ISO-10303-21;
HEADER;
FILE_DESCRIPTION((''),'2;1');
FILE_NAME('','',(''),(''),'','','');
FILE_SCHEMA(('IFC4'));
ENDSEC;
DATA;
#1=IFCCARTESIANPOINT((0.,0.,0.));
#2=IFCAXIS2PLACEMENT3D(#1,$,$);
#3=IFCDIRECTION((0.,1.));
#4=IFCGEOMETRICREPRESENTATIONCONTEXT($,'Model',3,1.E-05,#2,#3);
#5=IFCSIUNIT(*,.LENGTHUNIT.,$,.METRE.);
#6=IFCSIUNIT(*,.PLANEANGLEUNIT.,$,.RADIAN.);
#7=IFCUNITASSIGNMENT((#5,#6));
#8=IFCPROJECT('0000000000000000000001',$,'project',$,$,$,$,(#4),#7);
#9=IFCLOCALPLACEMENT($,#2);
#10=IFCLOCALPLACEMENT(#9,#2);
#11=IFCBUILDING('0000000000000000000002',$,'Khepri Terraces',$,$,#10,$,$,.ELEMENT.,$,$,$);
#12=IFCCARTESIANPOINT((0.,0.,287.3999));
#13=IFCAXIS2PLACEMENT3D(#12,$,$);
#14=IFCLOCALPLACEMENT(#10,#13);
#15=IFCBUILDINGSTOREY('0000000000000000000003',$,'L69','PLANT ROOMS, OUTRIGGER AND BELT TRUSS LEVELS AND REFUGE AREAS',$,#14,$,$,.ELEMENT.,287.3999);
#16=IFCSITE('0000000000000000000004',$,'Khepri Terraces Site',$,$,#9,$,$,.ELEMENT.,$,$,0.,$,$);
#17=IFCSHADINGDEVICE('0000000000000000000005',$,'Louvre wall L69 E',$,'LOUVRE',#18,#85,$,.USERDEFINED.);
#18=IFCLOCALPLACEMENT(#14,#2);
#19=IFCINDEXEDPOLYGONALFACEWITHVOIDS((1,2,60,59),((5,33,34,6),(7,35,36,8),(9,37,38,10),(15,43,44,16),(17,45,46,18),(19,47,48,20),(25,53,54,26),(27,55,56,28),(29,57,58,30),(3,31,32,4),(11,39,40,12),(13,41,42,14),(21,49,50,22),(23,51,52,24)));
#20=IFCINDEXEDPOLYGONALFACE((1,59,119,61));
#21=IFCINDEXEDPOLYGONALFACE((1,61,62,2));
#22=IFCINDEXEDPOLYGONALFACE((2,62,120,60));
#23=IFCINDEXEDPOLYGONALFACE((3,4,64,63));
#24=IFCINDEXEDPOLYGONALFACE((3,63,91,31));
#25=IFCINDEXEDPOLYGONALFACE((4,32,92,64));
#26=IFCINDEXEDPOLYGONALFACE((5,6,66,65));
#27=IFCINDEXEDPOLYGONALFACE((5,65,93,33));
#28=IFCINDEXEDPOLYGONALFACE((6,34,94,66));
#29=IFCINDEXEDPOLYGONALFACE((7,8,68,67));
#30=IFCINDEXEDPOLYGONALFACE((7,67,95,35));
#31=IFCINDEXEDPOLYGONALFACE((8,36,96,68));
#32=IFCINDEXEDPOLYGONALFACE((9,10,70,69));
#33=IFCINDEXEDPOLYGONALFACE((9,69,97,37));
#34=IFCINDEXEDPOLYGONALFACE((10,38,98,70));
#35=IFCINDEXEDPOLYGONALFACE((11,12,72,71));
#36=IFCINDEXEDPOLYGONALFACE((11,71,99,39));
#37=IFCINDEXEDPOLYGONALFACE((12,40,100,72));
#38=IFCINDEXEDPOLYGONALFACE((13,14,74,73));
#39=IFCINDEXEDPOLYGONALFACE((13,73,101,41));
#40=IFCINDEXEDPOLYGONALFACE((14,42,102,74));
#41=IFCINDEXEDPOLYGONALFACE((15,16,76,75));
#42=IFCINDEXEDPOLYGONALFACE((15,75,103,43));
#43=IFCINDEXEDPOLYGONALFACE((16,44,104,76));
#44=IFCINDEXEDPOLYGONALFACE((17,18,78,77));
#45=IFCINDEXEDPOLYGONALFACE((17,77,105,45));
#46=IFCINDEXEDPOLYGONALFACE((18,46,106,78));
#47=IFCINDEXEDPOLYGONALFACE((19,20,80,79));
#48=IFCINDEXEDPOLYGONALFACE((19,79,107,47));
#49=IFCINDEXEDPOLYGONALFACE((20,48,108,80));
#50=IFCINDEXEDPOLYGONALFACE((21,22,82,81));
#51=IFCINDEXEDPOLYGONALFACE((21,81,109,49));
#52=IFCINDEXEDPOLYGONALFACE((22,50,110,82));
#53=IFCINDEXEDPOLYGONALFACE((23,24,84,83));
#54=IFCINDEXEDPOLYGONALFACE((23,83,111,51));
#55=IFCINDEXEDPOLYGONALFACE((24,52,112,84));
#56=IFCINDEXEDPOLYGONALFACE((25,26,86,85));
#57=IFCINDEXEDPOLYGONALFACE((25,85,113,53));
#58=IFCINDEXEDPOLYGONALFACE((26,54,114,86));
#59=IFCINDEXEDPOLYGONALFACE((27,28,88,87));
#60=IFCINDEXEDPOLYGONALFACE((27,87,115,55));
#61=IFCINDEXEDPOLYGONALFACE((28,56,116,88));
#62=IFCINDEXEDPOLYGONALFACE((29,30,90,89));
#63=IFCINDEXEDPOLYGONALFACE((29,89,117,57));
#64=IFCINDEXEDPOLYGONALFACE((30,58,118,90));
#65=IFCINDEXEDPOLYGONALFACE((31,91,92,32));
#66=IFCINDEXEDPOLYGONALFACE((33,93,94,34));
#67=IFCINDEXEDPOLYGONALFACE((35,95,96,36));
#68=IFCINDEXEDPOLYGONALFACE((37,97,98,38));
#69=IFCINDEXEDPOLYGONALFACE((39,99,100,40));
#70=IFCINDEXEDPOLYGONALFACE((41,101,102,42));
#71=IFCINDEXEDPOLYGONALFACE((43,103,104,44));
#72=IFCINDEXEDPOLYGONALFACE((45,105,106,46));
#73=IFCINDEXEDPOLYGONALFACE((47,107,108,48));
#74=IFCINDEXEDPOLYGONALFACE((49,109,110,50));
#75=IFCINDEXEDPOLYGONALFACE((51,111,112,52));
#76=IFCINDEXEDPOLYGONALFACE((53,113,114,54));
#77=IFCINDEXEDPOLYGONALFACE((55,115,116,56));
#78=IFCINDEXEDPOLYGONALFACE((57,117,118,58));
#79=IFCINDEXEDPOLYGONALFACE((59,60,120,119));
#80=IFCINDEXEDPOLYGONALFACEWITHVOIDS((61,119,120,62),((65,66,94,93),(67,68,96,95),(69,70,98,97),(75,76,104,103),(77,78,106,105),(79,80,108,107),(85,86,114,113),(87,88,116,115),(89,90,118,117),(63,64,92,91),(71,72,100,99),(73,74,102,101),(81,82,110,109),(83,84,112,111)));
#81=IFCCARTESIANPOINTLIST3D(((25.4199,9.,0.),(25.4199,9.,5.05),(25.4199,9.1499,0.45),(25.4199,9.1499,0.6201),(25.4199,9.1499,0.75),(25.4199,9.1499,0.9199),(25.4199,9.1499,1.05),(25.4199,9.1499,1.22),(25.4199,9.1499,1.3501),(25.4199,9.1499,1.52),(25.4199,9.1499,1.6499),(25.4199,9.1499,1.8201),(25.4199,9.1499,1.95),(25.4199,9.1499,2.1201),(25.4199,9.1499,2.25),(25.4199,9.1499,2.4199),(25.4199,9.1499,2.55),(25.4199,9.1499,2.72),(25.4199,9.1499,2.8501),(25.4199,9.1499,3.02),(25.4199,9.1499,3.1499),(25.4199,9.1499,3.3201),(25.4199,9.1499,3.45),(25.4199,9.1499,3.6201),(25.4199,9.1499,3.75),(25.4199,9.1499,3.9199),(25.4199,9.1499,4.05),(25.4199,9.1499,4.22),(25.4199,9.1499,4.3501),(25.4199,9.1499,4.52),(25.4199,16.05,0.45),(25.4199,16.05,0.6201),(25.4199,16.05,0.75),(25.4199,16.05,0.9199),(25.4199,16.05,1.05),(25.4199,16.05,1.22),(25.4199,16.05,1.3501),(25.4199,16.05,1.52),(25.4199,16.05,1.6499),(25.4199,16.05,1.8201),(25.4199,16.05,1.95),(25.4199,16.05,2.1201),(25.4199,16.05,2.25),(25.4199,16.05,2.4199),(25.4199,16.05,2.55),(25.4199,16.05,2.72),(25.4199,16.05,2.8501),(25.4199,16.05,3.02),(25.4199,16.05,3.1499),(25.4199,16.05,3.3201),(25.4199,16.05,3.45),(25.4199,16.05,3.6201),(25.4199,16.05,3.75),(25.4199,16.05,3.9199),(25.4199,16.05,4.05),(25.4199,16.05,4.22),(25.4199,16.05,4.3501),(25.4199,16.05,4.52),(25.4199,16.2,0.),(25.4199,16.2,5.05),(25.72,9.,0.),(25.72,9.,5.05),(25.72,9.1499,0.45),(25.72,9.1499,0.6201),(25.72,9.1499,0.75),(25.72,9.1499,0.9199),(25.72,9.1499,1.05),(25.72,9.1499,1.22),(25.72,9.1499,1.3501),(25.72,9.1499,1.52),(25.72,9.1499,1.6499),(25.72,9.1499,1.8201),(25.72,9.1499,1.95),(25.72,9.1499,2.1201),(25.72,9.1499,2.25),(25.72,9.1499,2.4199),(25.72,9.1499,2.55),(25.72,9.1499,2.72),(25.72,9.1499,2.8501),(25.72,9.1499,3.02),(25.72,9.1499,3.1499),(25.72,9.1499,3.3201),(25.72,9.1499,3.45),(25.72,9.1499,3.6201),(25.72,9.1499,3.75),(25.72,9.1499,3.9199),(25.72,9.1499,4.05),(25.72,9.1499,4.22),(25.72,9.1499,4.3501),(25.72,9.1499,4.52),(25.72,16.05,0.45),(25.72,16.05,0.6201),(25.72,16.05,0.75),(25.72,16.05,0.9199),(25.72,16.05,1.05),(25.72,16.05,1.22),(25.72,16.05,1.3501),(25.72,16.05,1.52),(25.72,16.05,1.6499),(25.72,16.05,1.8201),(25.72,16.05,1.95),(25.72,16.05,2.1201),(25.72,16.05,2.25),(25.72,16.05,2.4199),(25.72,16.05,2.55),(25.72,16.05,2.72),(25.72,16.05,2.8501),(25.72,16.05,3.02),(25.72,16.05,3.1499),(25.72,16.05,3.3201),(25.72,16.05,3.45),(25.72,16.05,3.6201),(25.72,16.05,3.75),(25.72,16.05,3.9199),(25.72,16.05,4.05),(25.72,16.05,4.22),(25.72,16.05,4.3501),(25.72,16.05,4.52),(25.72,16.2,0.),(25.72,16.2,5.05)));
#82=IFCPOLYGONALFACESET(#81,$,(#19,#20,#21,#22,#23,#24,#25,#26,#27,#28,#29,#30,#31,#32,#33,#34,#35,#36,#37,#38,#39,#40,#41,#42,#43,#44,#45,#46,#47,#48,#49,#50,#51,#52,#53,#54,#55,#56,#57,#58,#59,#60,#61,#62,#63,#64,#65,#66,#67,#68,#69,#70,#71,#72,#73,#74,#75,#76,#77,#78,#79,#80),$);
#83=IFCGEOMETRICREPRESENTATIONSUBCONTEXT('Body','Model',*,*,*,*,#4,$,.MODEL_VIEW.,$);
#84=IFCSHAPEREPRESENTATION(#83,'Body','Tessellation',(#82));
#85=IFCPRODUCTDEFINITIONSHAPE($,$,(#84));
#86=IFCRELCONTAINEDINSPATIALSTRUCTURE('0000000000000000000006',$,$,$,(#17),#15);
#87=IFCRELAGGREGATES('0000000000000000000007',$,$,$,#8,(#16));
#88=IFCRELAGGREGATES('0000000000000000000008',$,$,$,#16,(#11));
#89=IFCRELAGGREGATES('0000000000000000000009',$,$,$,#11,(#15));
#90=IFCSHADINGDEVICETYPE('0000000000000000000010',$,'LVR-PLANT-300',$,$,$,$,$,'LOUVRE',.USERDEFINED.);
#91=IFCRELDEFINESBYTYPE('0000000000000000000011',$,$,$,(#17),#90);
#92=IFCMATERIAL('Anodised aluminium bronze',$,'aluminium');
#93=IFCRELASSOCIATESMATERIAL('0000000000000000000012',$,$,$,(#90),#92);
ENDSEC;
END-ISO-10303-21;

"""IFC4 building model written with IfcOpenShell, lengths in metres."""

from ifc_helpers import new_model, si_unit, direction, frame, origin, place, context, subcontext, project, spatial, polyline, outline, extrude, material, type_object, element, save


model = new_model("IFC4")

# Units and contexts
model_context = context("Model", 3, precision=1e-05, world=origin(), true_north=direction((0.0, 1.0)))
body_context = subcontext(model_context, "Body", "Model", "MODEL_VIEW")
ifc_project = project(units=[si_unit("LENGTHUNIT", "METRE"), si_unit("PLANEANGLEUNIT", "RADIAN")], contexts=[model_context])

# Site, building, storey
site_placement = place(None, origin())
site = spatial("IfcSite", under=ifc_project, at=site_placement, Name="Khepri Terraces Site", CompositionType="ELEMENT", RefElevation=0.0)
building_placement = place(site_placement, origin())
building = spatial("IfcBuilding", under=site, at=building_placement, Name="Khepri Terraces", CompositionType="ELEMENT")
storey_placement = place(building_placement, frame((0.0, 0.0, 287.3999)))
storey = spatial("IfcBuildingStorey", under=building, at=storey_placement, Name="L69", Description="PLANT ROOMS, OUTRIGGER AND BELT TRUSS LEVELS AND REFUGE AREAS", CompositionType="ELEMENT", Elevation=287.3999)

# Shading device
ifc_material_1 = material(Name="Anodised aluminium bronze", Category="aluminium")
shading_device_type = type_object("IfcShadingDeviceType", Name="LVR-PLANT-300", ElementType="LOUVRE", PredefinedType="USERDEFINED", material=ifc_material_1)
shading_device_1_placement = place(storey_placement, frame((25.4199, 9.0, 0.0), z_axis=(1.0, 0.0, 0.0), x_axis=(0.0, 1.0, 0.0)))
element("IfcShadingDevice", 1, at=shading_device_1_placement, inside=storey, type_object=shading_device_type, Name="Louvre wall L69 E", ObjectType="LOUVRE", PredefinedType="USERDEFINED", context=body_context, shape_type="SweptSolid", body=[
    extrude(outline(polyline([(0.0, 0.0), (7.2, 0.0), (7.2, 5.05), (0.0, 5.05), (0.0, 0.0)]), holes=[polyline([(0.1499, 0.45), (7.05, 0.45), (7.05, 0.6201), (0.1499, 0.6201), (0.1499, 0.45)]), polyline([(0.1499, 0.75), (7.05, 0.75), (7.05, 0.9199), (0.1499, 0.9199), (0.1499, 0.75)]), polyline([(0.1499, 1.05), (7.05, 1.05), (7.05, 1.22), (0.1499, 1.22), (0.1499, 1.05)]), polyline([(0.1499, 1.3501), (7.05, 1.3501), (7.05, 1.52), (0.1499, 1.52), (0.1499, 1.3501)]), polyline([(0.1499, 1.6499), (7.05, 1.6499), (7.05, 1.8201), (0.1499, 1.8201), (0.1499, 1.6499)]), polyline([(0.1499, 1.95), (7.05, 1.95), (7.05, 2.1201), (0.1499, 2.1201), (0.1499, 1.95)]), polyline([(0.1499, 2.25), (7.05, 2.25), (7.05, 2.4199), (0.1499, 2.4199), (0.1499, 2.25)]), polyline([(0.1499, 2.55), (7.05, 2.55), (7.05, 2.72), (0.1499, 2.72), (0.1499, 2.55)]), polyline([(0.1499, 2.8501), (7.05, 2.8501), (7.05, 3.02), (0.1499, 3.02), (0.1499, 2.8501)]), polyline([(0.1499, 3.1499), (7.05, 3.1499), (7.05, 3.3201), (0.1499, 3.3201), (0.1499, 3.1499)]), polyline([(0.1499, 3.45), (7.05, 3.45), (7.05, 3.6201), (0.1499, 3.6201), (0.1499, 3.45)]), polyline([(0.1499, 3.75), (7.05, 3.75), (7.05, 3.9199), (0.1499, 3.9199), (0.1499, 3.75)]), polyline([(0.1499, 4.05), (7.05, 4.05), (7.05, 4.22), (0.1499, 4.22), (0.1499, 4.05)]), polyline([(0.1499, 4.3501), (7.05, 4.3501), (7.05, 4.52), (0.1499, 4.52), (0.1499, 4.3501)])]), origin(), (0.0, 0.0, 1.0), 0.3),
])

save(model, "model.ifc")
